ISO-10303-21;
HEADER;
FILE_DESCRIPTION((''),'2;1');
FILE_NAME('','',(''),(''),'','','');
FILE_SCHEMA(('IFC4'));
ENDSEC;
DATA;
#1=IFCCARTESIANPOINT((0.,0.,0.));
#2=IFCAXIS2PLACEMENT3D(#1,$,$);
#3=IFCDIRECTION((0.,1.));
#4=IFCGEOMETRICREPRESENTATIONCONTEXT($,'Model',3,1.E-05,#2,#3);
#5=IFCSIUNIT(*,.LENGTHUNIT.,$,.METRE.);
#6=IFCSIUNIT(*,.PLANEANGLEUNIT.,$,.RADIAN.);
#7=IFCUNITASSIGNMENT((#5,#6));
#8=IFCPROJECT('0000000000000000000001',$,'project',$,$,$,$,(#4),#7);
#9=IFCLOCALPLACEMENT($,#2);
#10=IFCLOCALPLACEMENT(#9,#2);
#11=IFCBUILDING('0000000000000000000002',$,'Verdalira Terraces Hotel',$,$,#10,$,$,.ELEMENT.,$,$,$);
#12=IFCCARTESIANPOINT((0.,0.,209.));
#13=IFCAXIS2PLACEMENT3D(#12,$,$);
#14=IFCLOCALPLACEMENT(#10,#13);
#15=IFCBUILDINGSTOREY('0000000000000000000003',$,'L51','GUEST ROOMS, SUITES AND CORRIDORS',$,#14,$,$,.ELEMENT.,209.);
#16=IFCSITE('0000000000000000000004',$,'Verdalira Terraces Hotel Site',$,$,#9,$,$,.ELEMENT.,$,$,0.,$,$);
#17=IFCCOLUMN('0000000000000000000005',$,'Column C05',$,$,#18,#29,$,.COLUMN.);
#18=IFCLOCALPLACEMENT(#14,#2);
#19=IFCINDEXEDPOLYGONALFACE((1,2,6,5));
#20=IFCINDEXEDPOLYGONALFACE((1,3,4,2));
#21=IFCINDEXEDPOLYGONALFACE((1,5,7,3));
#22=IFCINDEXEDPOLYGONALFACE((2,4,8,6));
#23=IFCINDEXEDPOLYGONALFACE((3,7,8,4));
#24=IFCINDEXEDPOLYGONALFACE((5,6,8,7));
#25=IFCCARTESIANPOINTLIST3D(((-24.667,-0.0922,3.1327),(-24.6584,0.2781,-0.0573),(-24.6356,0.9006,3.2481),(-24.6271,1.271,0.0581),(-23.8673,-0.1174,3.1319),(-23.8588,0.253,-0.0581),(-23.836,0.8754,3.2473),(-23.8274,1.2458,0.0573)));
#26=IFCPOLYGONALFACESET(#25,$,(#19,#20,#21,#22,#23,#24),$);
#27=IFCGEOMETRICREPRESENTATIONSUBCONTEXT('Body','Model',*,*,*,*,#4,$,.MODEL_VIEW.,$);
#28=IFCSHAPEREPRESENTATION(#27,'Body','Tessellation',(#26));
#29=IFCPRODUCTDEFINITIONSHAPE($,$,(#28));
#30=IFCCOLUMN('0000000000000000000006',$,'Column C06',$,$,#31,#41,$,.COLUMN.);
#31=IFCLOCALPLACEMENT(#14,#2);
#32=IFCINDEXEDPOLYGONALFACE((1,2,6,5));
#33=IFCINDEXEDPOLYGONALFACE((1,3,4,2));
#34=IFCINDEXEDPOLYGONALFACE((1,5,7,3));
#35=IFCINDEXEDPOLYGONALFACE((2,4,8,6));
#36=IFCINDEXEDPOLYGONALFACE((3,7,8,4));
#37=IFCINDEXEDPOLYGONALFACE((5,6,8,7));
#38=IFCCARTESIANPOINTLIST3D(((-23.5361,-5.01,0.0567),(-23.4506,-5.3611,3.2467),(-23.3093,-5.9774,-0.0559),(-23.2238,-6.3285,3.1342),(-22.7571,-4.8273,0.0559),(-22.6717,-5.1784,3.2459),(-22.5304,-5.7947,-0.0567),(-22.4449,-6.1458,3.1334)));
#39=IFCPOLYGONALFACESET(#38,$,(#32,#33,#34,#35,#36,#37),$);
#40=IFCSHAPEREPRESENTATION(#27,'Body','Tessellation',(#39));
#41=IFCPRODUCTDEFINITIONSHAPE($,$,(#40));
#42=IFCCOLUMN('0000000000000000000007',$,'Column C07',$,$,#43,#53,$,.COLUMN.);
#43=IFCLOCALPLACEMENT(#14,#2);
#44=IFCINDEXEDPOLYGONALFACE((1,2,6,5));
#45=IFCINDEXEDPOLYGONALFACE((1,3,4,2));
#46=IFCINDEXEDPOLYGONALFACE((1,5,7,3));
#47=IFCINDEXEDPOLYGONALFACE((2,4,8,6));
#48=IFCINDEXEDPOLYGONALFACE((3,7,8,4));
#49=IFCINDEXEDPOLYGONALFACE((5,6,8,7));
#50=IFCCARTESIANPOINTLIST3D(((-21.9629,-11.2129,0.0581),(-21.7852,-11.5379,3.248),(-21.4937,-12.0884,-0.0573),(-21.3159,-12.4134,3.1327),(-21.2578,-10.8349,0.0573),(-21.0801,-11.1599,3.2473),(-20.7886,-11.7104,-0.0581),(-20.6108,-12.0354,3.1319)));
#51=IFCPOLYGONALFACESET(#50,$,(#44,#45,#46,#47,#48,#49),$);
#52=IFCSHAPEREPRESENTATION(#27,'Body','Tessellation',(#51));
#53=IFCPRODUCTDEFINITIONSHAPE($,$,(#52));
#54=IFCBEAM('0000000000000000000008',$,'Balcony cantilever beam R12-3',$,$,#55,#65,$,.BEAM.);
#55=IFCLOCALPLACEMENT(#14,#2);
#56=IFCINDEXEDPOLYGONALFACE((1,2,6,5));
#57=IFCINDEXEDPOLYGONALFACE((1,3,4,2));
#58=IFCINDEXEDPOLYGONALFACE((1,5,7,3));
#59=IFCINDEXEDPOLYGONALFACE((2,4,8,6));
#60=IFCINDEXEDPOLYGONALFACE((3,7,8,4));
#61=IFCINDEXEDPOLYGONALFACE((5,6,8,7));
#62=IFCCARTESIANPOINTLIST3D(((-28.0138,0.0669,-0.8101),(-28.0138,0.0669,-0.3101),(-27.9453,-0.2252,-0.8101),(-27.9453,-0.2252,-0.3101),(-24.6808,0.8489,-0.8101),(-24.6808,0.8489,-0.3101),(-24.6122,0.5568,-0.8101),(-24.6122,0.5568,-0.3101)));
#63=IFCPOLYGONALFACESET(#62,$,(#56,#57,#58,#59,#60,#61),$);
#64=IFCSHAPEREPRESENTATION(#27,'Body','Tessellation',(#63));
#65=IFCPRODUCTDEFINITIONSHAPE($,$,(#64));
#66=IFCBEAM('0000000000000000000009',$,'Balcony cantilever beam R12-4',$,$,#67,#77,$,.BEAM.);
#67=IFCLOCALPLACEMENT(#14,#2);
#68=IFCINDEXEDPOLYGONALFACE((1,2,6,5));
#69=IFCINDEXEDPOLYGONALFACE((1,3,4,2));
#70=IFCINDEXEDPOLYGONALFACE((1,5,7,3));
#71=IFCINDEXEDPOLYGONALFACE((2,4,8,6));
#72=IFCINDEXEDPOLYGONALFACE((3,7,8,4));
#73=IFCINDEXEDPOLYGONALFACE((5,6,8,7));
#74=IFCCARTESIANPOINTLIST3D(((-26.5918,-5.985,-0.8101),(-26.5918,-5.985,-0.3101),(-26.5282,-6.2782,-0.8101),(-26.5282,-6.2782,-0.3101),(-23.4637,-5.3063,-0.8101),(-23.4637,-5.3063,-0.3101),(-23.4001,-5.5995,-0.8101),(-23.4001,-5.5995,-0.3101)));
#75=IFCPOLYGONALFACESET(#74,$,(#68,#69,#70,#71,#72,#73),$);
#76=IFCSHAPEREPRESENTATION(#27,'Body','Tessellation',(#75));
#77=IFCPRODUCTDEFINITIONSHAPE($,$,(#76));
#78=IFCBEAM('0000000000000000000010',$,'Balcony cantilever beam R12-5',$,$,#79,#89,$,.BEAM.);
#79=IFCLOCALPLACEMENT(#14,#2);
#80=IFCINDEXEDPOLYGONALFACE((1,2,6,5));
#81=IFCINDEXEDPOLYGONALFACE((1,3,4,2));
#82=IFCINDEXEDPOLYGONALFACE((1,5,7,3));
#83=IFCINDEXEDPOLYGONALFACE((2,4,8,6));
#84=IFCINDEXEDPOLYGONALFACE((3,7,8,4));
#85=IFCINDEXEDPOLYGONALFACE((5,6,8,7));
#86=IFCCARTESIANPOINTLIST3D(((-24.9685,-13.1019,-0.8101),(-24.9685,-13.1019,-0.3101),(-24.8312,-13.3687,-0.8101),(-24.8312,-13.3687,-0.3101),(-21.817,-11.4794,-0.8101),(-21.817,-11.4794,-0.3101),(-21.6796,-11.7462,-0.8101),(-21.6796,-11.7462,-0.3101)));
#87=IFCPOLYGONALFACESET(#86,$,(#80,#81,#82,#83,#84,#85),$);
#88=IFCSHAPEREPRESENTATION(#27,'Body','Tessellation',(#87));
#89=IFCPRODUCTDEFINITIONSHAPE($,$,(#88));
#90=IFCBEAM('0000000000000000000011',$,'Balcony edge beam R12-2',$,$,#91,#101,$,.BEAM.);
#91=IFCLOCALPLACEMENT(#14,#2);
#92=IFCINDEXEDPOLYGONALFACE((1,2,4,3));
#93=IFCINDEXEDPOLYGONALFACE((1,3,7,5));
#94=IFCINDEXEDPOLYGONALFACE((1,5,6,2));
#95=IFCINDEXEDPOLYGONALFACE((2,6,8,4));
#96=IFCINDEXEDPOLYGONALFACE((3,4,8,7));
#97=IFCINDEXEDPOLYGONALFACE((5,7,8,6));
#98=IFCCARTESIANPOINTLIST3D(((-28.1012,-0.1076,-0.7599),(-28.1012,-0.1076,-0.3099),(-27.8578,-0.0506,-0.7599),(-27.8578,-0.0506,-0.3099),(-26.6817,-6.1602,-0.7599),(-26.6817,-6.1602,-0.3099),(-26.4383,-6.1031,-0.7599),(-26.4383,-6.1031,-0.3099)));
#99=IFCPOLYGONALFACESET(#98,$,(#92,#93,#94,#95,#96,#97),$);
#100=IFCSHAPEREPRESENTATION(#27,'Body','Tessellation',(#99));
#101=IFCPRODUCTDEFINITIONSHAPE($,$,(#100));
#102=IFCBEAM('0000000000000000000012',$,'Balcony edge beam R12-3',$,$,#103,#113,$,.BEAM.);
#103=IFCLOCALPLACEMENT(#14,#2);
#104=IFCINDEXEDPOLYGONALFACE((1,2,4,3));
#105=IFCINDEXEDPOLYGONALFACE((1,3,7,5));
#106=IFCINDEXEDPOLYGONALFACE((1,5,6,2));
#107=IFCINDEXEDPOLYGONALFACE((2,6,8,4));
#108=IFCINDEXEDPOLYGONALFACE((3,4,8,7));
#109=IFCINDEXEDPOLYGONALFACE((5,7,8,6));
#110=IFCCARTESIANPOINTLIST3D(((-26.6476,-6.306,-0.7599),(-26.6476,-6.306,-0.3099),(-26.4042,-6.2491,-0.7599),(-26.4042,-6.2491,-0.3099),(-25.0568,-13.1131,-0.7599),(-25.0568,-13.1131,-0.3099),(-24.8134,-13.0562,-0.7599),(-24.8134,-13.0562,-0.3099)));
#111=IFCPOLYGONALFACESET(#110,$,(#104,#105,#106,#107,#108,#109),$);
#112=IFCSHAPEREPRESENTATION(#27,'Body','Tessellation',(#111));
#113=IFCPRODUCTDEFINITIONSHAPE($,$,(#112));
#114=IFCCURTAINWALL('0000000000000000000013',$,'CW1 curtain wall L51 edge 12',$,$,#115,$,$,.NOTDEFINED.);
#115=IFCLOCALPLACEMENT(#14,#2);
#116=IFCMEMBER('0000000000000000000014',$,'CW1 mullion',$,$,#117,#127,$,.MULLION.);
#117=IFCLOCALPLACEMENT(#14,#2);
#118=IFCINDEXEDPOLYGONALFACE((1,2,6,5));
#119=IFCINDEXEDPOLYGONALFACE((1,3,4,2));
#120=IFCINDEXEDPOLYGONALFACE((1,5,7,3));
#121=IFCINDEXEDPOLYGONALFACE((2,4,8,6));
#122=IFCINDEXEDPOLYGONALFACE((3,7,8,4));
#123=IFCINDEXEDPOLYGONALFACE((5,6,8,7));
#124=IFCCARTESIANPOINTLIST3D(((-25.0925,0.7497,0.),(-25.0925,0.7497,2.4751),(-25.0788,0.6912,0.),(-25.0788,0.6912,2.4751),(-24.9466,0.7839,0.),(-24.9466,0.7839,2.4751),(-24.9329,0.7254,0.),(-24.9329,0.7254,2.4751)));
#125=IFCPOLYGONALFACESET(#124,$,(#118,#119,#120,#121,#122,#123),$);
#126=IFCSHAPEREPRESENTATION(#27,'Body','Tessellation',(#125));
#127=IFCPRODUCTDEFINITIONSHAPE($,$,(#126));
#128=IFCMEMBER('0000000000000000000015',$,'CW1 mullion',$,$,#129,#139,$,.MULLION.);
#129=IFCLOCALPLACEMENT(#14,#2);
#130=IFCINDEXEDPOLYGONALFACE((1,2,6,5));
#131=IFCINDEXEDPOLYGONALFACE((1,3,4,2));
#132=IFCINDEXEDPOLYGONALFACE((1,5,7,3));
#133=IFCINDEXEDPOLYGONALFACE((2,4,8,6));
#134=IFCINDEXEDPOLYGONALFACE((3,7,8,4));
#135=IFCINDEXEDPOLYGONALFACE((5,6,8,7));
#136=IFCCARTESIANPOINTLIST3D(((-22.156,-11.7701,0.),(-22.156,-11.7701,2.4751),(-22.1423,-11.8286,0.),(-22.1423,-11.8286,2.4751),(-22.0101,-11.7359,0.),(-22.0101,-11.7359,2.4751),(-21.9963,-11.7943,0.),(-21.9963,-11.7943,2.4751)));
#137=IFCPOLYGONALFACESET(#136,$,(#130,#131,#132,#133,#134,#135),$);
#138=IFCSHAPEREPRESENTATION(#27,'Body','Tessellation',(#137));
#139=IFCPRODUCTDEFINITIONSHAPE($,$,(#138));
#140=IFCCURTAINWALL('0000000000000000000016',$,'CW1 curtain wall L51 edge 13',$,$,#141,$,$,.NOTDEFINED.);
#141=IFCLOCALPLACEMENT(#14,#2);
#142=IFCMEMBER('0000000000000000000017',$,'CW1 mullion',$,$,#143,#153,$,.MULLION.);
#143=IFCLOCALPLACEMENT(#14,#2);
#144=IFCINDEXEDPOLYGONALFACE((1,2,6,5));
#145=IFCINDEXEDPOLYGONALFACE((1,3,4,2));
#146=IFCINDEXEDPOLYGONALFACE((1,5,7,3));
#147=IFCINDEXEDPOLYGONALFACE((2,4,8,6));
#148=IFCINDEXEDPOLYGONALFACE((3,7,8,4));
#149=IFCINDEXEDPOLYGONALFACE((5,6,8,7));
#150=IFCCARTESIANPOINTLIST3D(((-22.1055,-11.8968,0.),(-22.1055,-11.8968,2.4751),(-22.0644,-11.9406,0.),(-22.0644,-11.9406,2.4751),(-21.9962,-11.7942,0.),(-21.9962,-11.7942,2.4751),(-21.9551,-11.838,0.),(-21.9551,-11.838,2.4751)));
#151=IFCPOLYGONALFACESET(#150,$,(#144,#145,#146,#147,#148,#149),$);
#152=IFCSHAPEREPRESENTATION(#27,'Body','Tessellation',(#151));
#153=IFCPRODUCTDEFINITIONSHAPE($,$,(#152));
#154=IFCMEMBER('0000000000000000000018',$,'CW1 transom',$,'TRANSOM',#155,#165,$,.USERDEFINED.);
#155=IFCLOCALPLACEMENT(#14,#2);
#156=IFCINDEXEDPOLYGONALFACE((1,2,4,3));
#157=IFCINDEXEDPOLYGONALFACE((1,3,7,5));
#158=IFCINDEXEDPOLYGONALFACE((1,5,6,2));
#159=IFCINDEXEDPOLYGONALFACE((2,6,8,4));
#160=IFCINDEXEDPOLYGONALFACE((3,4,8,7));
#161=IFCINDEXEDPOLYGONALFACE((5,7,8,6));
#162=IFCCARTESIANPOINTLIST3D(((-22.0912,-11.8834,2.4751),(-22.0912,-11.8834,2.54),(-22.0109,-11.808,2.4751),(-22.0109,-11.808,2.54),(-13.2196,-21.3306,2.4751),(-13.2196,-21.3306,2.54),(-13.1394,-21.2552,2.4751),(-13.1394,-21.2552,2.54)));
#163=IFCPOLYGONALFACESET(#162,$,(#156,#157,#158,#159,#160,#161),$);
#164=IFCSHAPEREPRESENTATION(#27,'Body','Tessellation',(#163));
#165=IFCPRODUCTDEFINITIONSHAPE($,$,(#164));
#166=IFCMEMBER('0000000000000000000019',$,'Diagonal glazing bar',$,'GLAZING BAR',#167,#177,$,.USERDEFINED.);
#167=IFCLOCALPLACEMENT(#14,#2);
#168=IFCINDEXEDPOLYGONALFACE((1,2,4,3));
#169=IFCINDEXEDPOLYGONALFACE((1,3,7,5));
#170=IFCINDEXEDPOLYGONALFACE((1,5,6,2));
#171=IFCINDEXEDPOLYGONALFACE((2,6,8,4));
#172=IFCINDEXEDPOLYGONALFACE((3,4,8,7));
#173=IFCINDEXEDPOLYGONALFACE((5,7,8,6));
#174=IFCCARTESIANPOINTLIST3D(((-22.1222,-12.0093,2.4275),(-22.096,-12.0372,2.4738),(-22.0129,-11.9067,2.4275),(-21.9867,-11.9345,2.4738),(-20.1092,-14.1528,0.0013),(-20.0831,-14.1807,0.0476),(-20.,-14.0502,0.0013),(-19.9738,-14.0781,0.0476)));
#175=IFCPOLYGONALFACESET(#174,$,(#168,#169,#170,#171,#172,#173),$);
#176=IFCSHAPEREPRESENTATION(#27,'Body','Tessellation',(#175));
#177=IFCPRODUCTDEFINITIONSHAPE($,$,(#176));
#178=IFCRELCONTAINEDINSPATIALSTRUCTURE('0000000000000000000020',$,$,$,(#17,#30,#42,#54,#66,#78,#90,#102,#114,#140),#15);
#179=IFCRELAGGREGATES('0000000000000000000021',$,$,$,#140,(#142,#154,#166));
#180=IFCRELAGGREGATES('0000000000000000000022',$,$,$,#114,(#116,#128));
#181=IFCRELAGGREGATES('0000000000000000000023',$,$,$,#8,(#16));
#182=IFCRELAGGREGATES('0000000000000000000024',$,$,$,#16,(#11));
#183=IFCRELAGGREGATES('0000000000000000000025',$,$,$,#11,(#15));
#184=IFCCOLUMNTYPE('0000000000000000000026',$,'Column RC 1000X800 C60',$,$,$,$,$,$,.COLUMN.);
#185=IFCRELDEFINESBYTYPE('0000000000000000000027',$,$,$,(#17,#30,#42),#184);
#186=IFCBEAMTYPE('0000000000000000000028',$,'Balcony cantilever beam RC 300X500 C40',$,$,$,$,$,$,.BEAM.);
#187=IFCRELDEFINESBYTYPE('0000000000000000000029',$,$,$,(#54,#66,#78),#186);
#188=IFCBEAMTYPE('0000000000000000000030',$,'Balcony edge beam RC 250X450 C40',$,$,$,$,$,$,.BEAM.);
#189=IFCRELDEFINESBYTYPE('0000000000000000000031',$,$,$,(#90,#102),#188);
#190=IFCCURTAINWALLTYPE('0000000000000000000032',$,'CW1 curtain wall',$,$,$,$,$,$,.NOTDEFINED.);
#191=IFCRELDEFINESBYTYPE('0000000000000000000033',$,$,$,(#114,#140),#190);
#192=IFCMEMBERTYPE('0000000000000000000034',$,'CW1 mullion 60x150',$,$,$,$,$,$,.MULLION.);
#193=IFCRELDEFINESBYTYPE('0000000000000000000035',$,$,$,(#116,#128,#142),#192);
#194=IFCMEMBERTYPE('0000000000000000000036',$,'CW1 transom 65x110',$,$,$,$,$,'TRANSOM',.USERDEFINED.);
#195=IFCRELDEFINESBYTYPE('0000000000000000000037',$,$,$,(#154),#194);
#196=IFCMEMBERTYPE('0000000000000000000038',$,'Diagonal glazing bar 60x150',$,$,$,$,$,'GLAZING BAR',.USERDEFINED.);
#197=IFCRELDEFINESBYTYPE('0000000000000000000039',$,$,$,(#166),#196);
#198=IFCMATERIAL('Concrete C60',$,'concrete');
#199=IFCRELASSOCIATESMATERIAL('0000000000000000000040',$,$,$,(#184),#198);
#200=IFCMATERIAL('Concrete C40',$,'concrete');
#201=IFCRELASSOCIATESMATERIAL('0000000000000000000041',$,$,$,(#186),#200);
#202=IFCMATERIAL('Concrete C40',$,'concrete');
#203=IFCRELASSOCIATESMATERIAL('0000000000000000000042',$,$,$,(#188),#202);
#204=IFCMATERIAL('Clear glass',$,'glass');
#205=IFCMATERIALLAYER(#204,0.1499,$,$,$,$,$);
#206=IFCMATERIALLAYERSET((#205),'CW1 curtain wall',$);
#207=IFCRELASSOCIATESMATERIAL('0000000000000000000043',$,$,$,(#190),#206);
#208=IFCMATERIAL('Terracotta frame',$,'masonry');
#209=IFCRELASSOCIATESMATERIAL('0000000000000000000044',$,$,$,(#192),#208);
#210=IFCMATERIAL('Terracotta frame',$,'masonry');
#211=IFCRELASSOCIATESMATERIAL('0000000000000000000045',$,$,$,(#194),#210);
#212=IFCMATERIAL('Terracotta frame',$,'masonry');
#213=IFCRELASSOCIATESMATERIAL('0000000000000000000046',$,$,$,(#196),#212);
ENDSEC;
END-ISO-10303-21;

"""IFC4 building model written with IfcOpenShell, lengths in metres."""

from ifc_helpers import new_model, si_unit, direction, frame, origin, origin_2d, place, context, subcontext, project, spatial, rectangle, extrude, material, layer, layer_set, material_profile, profile_set, type_object, element, aggregate, save


model = new_model("IFC4")

# Units and contexts
model_context = context("Model", 3, precision=1e-05, world=origin(), true_north=direction((0.0, 1.0)))
body_context = subcontext(model_context, "Body", "Model", "MODEL_VIEW")
ifc_project = project(units=[si_unit("LENGTHUNIT", "METRE"), si_unit("PLANEANGLEUNIT", "RADIAN")], contexts=[model_context])

# Site, building, storey
site_placement = place(None, origin())
site = spatial("IfcSite", under=ifc_project, at=site_placement, Name="Verdalira Terraces Hotel Site", CompositionType="ELEMENT", RefElevation=0.0)
building_placement = place(site_placement, origin())
building = spatial("IfcBuilding", under=site, at=building_placement, Name="Verdalira Terraces Hotel", CompositionType="ELEMENT")
storey_placement = place(building_placement, frame((0.0, 0.0, 209.0)))
storey = spatial("IfcBuildingStorey", under=building, at=storey_placement, Name="L51", Description="GUEST ROOMS, SUITES AND CORRIDORS", CompositionType="ELEMENT", Elevation=209.0)

# Columns
ifc_material_1 = material(Name="Concrete C60", Category="concrete")
ifc_material_profile_1 = material_profile(ifc_material_1, rectangle(XDim=1.0, YDim=0.8, at=origin_2d()), Name="RC 1000X800")
ifc_profile_set_1 = profile_set([ifc_material_profile_1], Name="Concrete C60")
column_type = type_object("IfcColumnType", Name="Column RC 1000X800 C60", PredefinedType="COLUMN", material=ifc_profile_set_1)
column_1_placement = place(storey_placement, frame((-24.2429, 0.762, 0.0), z_axis=(-0.002661, -0.115328, 0.993324), x_axis=(0.031342, 0.99283, 0.115354)))
element("IfcColumn", 1, at=column_1_placement, inside=storey, type_object=column_type, Name="Column C05", PredefinedType="COLUMN", context=body_context, shape_type="SweptSolid", body=[
    extrude(rectangle(XDim=1.0, YDim=0.8, at=origin_2d()), origin(), (0.0, 0.0, 1.0), 3.2114),
])
column_2_placement = place(storey_placement, frame((-23.0332, -5.4023, 0.0), z_axis=(0.026617, -0.109357, 0.993646), x_axis=(0.226786, -0.96742, -0.112546)))
element("IfcColumn", 2, at=column_2_placement, inside=storey, type_object=column_type, Name="Column C06", PredefinedType="COLUMN", context=body_context, shape_type="SweptSolid", body=[
    extrude(rectangle(XDim=1.0, YDim=0.8, at=origin_2d()), origin(), (0.0, 0.0, 1.0), 3.2104),
])
column_3_placement = place(storey_placement, frame((-21.3757, -11.4617, 0.0), z_axis=(0.055345, -0.101188, 0.993327), x_axis=(-0.46925, 0.875502, 0.11533)))
element("IfcColumn", 3, at=column_3_placement, inside=storey, type_object=column_type, Name="Column C07", PredefinedType="COLUMN", context=body_context, shape_type="SweptSolid", body=[
    extrude(rectangle(XDim=1.0, YDim=0.8, at=origin_2d()), origin(), (0.0, 0.0, 1.0), 3.2114),
])

# Beams
ifc_material_2 = material(Name="Concrete C40", Category="concrete")
ifc_material_profile_2 = material_profile(ifc_material_2, rectangle(XDim=0.3, YDim=0.5, at=origin_2d()), Name="RC 300X500")
ifc_profile_set_2 = profile_set([ifc_material_profile_2], Name="Concrete C40")
beam_type_1 = type_object("IfcBeamType", Name="Balcony cantilever beam RC 300X500 C40", PredefinedType="BEAM", material=ifc_profile_set_2)
beam_1_placement = place(storey_placement, frame((-24.6465, 0.7029, -0.5601), z_axis=(-0.973564, -0.228415, 0.0), x_axis=(0.228415, -0.973564, 0.0)))
element("IfcBeam", 4, at=beam_1_placement, inside=storey, type_object=beam_type_1, Name="Balcony cantilever beam R12-3", PredefinedType="BEAM", context=body_context, shape_type="SweptSolid", body=[
    extrude(rectangle(XDim=0.3, YDim=0.5, at=origin_2d()), origin(), (0.0, 0.0, 1.0), 3.4236),
])
beam_2_placement = place(storey_placement, frame((-23.4319, -5.4529, -0.5601), z_axis=(-0.977262, -0.212034, 0.0), x_axis=(0.212034, -0.977262, 0.0)))
element("IfcBeam", 5, at=beam_2_placement, inside=storey, type_object=beam_type_1, Name="Balcony cantilever beam R12-4", PredefinedType="BEAM", context=body_context, shape_type="SweptSolid", body=[
    extrude(rectangle(XDim=0.3, YDim=0.5, at=origin_2d()), origin(), (0.0, 0.0, 1.0), 3.2009),
])
beam_3_placement = place(storey_placement, frame((-21.7483, -11.6128, -0.5601), z_axis=(-0.889089, -0.457734, 0.0), x_axis=(0.457734, -0.889089, 0.0)))
element("IfcBeam", 6, at=beam_3_placement, inside=storey, type_object=beam_type_1, Name="Balcony cantilever beam R12-5", PredefinedType="BEAM", context=body_context, shape_type="SweptSolid", body=[
    extrude(rectangle(XDim=0.3, YDim=0.5, at=origin_2d()), origin(), (0.0, 0.0, 1.0), 3.5447),
])
ifc_material_3 = material(Name="Concrete C40", Category="concrete")
ifc_material_profile_3 = material_profile(ifc_material_3, rectangle(XDim=0.25, YDim=0.45, at=origin_2d()), Name="RC 250X450")
ifc_profile_set_3 = profile_set([ifc_material_profile_3], Name="Concrete C40")
beam_type_2 = type_object("IfcBeamType", Name="Balcony edge beam RC 250X450 C40", PredefinedType="BEAM", material=ifc_profile_set_3)
beam_4_placement = place(storey_placement, frame((-27.9795, -0.0791, -0.5349), z_axis=(0.228326, -0.973585, 0.0), x_axis=(0.973585, 0.228326, 0.0)))
element("IfcBeam", 7, at=beam_4_placement, inside=storey, type_object=beam_type_2, Name="Balcony edge beam R12-2", PredefinedType="BEAM", context=body_context, shape_type="SweptSolid", body=[
    extrude(rectangle(XDim=0.25, YDim=0.45, at=origin_2d()), origin(), (0.0, 0.0, 1.0), 6.2168),
])
beam_5_placement = place(storey_placement, frame((-26.5259, -6.2776, -0.5349), z_axis=(0.227567, -0.973762, 0.0), x_axis=(0.973762, 0.227567, 0.0)))
element("IfcBeam", 8, at=beam_5_placement, inside=storey, type_object=beam_type_2, Name="Balcony edge beam R12-3", PredefinedType="BEAM", context=body_context, shape_type="SweptSolid", body=[
    extrude(rectangle(XDim=0.25, YDim=0.45, at=origin_2d()), origin(), (0.0, 0.0, 1.0), 6.9905),
])

# Curtain walls, members
ifc_material_4 = material(Name="Clear glass", Category="glass")
ifc_layer_1 = layer(ifc_material_4, 0.1499)
ifc_layer_set_1 = layer_set([ifc_layer_1], Name="CW1 curtain wall")
curtain_wall_type = type_object("IfcCurtainWallType", Name="CW1 curtain wall", PredefinedType="NOTDEFINED", material=ifc_layer_set_1)
curtain_wall_1_placement = place(storey_placement, origin())
curtain_wall_1 = element("IfcCurtainWall", 9, at=curtain_wall_1_placement, inside=storey, type_object=curtain_wall_type, Name="CW1 curtain wall L51 edge 12", PredefinedType="NOTDEFINED")
ifc_material_5 = material(Name="Terracotta frame", Category="masonry")
ifc_material_profile_4 = material_profile(ifc_material_5, rectangle(XDim=0.0601, YDim=0.1499, at=origin_2d()), Name="MU 60x150")
ifc_profile_set_4 = profile_set([ifc_material_profile_4], Name="Terracotta frame")
member_type_1 = type_object("IfcMemberType", Name="CW1 mullion 60x150", PredefinedType="MULLION", material=ifc_profile_set_4)
member_1_placement = place(storey_placement, frame((-25.0127, 0.7375, 0.0), z_axis=(0.0, 0.0, 1.0), x_axis=(0.228351, -0.973579, 0.0)))
member_1 = element("IfcMember", 10, at=member_1_placement, type_object=member_type_1, Name="CW1 mullion", PredefinedType="MULLION", context=body_context, shape_type="SweptSolid", body=[
    extrude(rectangle(XDim=0.0601, YDim=0.1499, at=origin_2d()), origin(), (0.0, 0.0, 1.0), 2.4751),
])
member_2_placement = place(storey_placement, frame((-22.0762, -11.7822, 0.0), z_axis=(0.0, 0.0, 1.0), x_axis=(0.228351, -0.973579, 0.0)))
member_2 = element("IfcMember", 11, at=member_2_placement, type_object=member_type_1, Name="CW1 mullion", PredefinedType="MULLION", context=body_context, shape_type="SweptSolid", body=[
    extrude(rectangle(XDim=0.0601, YDim=0.1499, at=origin_2d()), origin(), (0.0, 0.0, 1.0), 2.4751),
])
curtain_wall_2_placement = place(storey_placement, origin())
curtain_wall_2 = element("IfcCurtainWall", 12, at=curtain_wall_2_placement, inside=storey, type_object=curtain_wall_type, Name="CW1 curtain wall L51 edge 13", PredefinedType="NOTDEFINED")
member_3_placement = place(storey_placement, frame((-22.0303, -11.8674, 0.0), z_axis=(0.0, 0.0, 1.0), x_axis=(0.684547, -0.728969, 0.0)))
member_3 = element("IfcMember", 13, at=member_3_placement, type_object=member_type_1, Name="CW1 mullion", PredefinedType="MULLION", context=body_context, shape_type="SweptSolid", body=[
    extrude(rectangle(XDim=0.0601, YDim=0.1499, at=origin_2d()), origin(), (0.0, 0.0, 1.0), 2.4751),
])
ifc_material_6 = material(Name="Terracotta frame", Category="masonry")
ifc_material_profile_5 = material_profile(ifc_material_6, rectangle(XDim=0.1101, YDim=0.0649, at=origin_2d()), Name="TR 65x110")
ifc_profile_set_5 = profile_set([ifc_material_profile_5], Name="Terracotta frame")
member_type_2 = type_object("IfcMemberType", Name="CW1 transom 65x110", ElementType="TRANSOM", PredefinedType="USERDEFINED", material=ifc_profile_set_5)
member_4_placement = place(storey_placement, frame((-22.051, -11.8457, 2.5076), z_axis=(0.684547, -0.728968, 0.0), x_axis=(0.728968, 0.684547, 0.0)))
member_4 = element("IfcMember", 14, at=member_4_placement, type_object=member_type_2, Name="CW1 transom", ObjectType="TRANSOM", PredefinedType="USERDEFINED", context=body_context, shape_type="SweptSolid", body=[
    extrude(rectangle(XDim=0.1101, YDim=0.0649, at=origin_2d()), origin(), (0.0, 0.0, 1.0), 12.9597),
])
ifc_material_7 = material(Name="Terracotta frame", Category="masonry")
ifc_material_profile_6 = material_profile(ifc_material_7, rectangle(XDim=0.1499, YDim=0.0601, at=origin_2d()), Name="GB 60x150")
ifc_profile_set_6 = profile_set([ifc_material_profile_6], Name="Terracotta frame")
member_type_3 = type_object("IfcMemberType", Name="Diagonal glazing bar 60x150", ElementType="GLAZING BAR", PredefinedType="USERDEFINED", material=ifc_profile_set_6)
member_5_placement = place(storey_placement, frame((-22.0544, -11.9719, 2.4507), z_axis=(0.528014, -0.562275, -0.636434), x_axis=(0.728967, 0.684548, 0.0)))
member_5 = element("IfcMember", 15, at=member_5_placement, type_object=member_type_3, Name="Diagonal glazing bar", ObjectType="GLAZING BAR", PredefinedType="USERDEFINED", context=body_context, shape_type="SweptSolid", body=[
    extrude(rectangle(XDim=0.1499, YDim=0.0601, at=origin_2d()), origin(), (0.0, 0.0, 1.0), 3.8123),
])
aggregate(curtain_wall_2, [member_3, member_4, member_5])

aggregate(curtain_wall_1, [member_1, member_2])

save(model, "model.ifc")
